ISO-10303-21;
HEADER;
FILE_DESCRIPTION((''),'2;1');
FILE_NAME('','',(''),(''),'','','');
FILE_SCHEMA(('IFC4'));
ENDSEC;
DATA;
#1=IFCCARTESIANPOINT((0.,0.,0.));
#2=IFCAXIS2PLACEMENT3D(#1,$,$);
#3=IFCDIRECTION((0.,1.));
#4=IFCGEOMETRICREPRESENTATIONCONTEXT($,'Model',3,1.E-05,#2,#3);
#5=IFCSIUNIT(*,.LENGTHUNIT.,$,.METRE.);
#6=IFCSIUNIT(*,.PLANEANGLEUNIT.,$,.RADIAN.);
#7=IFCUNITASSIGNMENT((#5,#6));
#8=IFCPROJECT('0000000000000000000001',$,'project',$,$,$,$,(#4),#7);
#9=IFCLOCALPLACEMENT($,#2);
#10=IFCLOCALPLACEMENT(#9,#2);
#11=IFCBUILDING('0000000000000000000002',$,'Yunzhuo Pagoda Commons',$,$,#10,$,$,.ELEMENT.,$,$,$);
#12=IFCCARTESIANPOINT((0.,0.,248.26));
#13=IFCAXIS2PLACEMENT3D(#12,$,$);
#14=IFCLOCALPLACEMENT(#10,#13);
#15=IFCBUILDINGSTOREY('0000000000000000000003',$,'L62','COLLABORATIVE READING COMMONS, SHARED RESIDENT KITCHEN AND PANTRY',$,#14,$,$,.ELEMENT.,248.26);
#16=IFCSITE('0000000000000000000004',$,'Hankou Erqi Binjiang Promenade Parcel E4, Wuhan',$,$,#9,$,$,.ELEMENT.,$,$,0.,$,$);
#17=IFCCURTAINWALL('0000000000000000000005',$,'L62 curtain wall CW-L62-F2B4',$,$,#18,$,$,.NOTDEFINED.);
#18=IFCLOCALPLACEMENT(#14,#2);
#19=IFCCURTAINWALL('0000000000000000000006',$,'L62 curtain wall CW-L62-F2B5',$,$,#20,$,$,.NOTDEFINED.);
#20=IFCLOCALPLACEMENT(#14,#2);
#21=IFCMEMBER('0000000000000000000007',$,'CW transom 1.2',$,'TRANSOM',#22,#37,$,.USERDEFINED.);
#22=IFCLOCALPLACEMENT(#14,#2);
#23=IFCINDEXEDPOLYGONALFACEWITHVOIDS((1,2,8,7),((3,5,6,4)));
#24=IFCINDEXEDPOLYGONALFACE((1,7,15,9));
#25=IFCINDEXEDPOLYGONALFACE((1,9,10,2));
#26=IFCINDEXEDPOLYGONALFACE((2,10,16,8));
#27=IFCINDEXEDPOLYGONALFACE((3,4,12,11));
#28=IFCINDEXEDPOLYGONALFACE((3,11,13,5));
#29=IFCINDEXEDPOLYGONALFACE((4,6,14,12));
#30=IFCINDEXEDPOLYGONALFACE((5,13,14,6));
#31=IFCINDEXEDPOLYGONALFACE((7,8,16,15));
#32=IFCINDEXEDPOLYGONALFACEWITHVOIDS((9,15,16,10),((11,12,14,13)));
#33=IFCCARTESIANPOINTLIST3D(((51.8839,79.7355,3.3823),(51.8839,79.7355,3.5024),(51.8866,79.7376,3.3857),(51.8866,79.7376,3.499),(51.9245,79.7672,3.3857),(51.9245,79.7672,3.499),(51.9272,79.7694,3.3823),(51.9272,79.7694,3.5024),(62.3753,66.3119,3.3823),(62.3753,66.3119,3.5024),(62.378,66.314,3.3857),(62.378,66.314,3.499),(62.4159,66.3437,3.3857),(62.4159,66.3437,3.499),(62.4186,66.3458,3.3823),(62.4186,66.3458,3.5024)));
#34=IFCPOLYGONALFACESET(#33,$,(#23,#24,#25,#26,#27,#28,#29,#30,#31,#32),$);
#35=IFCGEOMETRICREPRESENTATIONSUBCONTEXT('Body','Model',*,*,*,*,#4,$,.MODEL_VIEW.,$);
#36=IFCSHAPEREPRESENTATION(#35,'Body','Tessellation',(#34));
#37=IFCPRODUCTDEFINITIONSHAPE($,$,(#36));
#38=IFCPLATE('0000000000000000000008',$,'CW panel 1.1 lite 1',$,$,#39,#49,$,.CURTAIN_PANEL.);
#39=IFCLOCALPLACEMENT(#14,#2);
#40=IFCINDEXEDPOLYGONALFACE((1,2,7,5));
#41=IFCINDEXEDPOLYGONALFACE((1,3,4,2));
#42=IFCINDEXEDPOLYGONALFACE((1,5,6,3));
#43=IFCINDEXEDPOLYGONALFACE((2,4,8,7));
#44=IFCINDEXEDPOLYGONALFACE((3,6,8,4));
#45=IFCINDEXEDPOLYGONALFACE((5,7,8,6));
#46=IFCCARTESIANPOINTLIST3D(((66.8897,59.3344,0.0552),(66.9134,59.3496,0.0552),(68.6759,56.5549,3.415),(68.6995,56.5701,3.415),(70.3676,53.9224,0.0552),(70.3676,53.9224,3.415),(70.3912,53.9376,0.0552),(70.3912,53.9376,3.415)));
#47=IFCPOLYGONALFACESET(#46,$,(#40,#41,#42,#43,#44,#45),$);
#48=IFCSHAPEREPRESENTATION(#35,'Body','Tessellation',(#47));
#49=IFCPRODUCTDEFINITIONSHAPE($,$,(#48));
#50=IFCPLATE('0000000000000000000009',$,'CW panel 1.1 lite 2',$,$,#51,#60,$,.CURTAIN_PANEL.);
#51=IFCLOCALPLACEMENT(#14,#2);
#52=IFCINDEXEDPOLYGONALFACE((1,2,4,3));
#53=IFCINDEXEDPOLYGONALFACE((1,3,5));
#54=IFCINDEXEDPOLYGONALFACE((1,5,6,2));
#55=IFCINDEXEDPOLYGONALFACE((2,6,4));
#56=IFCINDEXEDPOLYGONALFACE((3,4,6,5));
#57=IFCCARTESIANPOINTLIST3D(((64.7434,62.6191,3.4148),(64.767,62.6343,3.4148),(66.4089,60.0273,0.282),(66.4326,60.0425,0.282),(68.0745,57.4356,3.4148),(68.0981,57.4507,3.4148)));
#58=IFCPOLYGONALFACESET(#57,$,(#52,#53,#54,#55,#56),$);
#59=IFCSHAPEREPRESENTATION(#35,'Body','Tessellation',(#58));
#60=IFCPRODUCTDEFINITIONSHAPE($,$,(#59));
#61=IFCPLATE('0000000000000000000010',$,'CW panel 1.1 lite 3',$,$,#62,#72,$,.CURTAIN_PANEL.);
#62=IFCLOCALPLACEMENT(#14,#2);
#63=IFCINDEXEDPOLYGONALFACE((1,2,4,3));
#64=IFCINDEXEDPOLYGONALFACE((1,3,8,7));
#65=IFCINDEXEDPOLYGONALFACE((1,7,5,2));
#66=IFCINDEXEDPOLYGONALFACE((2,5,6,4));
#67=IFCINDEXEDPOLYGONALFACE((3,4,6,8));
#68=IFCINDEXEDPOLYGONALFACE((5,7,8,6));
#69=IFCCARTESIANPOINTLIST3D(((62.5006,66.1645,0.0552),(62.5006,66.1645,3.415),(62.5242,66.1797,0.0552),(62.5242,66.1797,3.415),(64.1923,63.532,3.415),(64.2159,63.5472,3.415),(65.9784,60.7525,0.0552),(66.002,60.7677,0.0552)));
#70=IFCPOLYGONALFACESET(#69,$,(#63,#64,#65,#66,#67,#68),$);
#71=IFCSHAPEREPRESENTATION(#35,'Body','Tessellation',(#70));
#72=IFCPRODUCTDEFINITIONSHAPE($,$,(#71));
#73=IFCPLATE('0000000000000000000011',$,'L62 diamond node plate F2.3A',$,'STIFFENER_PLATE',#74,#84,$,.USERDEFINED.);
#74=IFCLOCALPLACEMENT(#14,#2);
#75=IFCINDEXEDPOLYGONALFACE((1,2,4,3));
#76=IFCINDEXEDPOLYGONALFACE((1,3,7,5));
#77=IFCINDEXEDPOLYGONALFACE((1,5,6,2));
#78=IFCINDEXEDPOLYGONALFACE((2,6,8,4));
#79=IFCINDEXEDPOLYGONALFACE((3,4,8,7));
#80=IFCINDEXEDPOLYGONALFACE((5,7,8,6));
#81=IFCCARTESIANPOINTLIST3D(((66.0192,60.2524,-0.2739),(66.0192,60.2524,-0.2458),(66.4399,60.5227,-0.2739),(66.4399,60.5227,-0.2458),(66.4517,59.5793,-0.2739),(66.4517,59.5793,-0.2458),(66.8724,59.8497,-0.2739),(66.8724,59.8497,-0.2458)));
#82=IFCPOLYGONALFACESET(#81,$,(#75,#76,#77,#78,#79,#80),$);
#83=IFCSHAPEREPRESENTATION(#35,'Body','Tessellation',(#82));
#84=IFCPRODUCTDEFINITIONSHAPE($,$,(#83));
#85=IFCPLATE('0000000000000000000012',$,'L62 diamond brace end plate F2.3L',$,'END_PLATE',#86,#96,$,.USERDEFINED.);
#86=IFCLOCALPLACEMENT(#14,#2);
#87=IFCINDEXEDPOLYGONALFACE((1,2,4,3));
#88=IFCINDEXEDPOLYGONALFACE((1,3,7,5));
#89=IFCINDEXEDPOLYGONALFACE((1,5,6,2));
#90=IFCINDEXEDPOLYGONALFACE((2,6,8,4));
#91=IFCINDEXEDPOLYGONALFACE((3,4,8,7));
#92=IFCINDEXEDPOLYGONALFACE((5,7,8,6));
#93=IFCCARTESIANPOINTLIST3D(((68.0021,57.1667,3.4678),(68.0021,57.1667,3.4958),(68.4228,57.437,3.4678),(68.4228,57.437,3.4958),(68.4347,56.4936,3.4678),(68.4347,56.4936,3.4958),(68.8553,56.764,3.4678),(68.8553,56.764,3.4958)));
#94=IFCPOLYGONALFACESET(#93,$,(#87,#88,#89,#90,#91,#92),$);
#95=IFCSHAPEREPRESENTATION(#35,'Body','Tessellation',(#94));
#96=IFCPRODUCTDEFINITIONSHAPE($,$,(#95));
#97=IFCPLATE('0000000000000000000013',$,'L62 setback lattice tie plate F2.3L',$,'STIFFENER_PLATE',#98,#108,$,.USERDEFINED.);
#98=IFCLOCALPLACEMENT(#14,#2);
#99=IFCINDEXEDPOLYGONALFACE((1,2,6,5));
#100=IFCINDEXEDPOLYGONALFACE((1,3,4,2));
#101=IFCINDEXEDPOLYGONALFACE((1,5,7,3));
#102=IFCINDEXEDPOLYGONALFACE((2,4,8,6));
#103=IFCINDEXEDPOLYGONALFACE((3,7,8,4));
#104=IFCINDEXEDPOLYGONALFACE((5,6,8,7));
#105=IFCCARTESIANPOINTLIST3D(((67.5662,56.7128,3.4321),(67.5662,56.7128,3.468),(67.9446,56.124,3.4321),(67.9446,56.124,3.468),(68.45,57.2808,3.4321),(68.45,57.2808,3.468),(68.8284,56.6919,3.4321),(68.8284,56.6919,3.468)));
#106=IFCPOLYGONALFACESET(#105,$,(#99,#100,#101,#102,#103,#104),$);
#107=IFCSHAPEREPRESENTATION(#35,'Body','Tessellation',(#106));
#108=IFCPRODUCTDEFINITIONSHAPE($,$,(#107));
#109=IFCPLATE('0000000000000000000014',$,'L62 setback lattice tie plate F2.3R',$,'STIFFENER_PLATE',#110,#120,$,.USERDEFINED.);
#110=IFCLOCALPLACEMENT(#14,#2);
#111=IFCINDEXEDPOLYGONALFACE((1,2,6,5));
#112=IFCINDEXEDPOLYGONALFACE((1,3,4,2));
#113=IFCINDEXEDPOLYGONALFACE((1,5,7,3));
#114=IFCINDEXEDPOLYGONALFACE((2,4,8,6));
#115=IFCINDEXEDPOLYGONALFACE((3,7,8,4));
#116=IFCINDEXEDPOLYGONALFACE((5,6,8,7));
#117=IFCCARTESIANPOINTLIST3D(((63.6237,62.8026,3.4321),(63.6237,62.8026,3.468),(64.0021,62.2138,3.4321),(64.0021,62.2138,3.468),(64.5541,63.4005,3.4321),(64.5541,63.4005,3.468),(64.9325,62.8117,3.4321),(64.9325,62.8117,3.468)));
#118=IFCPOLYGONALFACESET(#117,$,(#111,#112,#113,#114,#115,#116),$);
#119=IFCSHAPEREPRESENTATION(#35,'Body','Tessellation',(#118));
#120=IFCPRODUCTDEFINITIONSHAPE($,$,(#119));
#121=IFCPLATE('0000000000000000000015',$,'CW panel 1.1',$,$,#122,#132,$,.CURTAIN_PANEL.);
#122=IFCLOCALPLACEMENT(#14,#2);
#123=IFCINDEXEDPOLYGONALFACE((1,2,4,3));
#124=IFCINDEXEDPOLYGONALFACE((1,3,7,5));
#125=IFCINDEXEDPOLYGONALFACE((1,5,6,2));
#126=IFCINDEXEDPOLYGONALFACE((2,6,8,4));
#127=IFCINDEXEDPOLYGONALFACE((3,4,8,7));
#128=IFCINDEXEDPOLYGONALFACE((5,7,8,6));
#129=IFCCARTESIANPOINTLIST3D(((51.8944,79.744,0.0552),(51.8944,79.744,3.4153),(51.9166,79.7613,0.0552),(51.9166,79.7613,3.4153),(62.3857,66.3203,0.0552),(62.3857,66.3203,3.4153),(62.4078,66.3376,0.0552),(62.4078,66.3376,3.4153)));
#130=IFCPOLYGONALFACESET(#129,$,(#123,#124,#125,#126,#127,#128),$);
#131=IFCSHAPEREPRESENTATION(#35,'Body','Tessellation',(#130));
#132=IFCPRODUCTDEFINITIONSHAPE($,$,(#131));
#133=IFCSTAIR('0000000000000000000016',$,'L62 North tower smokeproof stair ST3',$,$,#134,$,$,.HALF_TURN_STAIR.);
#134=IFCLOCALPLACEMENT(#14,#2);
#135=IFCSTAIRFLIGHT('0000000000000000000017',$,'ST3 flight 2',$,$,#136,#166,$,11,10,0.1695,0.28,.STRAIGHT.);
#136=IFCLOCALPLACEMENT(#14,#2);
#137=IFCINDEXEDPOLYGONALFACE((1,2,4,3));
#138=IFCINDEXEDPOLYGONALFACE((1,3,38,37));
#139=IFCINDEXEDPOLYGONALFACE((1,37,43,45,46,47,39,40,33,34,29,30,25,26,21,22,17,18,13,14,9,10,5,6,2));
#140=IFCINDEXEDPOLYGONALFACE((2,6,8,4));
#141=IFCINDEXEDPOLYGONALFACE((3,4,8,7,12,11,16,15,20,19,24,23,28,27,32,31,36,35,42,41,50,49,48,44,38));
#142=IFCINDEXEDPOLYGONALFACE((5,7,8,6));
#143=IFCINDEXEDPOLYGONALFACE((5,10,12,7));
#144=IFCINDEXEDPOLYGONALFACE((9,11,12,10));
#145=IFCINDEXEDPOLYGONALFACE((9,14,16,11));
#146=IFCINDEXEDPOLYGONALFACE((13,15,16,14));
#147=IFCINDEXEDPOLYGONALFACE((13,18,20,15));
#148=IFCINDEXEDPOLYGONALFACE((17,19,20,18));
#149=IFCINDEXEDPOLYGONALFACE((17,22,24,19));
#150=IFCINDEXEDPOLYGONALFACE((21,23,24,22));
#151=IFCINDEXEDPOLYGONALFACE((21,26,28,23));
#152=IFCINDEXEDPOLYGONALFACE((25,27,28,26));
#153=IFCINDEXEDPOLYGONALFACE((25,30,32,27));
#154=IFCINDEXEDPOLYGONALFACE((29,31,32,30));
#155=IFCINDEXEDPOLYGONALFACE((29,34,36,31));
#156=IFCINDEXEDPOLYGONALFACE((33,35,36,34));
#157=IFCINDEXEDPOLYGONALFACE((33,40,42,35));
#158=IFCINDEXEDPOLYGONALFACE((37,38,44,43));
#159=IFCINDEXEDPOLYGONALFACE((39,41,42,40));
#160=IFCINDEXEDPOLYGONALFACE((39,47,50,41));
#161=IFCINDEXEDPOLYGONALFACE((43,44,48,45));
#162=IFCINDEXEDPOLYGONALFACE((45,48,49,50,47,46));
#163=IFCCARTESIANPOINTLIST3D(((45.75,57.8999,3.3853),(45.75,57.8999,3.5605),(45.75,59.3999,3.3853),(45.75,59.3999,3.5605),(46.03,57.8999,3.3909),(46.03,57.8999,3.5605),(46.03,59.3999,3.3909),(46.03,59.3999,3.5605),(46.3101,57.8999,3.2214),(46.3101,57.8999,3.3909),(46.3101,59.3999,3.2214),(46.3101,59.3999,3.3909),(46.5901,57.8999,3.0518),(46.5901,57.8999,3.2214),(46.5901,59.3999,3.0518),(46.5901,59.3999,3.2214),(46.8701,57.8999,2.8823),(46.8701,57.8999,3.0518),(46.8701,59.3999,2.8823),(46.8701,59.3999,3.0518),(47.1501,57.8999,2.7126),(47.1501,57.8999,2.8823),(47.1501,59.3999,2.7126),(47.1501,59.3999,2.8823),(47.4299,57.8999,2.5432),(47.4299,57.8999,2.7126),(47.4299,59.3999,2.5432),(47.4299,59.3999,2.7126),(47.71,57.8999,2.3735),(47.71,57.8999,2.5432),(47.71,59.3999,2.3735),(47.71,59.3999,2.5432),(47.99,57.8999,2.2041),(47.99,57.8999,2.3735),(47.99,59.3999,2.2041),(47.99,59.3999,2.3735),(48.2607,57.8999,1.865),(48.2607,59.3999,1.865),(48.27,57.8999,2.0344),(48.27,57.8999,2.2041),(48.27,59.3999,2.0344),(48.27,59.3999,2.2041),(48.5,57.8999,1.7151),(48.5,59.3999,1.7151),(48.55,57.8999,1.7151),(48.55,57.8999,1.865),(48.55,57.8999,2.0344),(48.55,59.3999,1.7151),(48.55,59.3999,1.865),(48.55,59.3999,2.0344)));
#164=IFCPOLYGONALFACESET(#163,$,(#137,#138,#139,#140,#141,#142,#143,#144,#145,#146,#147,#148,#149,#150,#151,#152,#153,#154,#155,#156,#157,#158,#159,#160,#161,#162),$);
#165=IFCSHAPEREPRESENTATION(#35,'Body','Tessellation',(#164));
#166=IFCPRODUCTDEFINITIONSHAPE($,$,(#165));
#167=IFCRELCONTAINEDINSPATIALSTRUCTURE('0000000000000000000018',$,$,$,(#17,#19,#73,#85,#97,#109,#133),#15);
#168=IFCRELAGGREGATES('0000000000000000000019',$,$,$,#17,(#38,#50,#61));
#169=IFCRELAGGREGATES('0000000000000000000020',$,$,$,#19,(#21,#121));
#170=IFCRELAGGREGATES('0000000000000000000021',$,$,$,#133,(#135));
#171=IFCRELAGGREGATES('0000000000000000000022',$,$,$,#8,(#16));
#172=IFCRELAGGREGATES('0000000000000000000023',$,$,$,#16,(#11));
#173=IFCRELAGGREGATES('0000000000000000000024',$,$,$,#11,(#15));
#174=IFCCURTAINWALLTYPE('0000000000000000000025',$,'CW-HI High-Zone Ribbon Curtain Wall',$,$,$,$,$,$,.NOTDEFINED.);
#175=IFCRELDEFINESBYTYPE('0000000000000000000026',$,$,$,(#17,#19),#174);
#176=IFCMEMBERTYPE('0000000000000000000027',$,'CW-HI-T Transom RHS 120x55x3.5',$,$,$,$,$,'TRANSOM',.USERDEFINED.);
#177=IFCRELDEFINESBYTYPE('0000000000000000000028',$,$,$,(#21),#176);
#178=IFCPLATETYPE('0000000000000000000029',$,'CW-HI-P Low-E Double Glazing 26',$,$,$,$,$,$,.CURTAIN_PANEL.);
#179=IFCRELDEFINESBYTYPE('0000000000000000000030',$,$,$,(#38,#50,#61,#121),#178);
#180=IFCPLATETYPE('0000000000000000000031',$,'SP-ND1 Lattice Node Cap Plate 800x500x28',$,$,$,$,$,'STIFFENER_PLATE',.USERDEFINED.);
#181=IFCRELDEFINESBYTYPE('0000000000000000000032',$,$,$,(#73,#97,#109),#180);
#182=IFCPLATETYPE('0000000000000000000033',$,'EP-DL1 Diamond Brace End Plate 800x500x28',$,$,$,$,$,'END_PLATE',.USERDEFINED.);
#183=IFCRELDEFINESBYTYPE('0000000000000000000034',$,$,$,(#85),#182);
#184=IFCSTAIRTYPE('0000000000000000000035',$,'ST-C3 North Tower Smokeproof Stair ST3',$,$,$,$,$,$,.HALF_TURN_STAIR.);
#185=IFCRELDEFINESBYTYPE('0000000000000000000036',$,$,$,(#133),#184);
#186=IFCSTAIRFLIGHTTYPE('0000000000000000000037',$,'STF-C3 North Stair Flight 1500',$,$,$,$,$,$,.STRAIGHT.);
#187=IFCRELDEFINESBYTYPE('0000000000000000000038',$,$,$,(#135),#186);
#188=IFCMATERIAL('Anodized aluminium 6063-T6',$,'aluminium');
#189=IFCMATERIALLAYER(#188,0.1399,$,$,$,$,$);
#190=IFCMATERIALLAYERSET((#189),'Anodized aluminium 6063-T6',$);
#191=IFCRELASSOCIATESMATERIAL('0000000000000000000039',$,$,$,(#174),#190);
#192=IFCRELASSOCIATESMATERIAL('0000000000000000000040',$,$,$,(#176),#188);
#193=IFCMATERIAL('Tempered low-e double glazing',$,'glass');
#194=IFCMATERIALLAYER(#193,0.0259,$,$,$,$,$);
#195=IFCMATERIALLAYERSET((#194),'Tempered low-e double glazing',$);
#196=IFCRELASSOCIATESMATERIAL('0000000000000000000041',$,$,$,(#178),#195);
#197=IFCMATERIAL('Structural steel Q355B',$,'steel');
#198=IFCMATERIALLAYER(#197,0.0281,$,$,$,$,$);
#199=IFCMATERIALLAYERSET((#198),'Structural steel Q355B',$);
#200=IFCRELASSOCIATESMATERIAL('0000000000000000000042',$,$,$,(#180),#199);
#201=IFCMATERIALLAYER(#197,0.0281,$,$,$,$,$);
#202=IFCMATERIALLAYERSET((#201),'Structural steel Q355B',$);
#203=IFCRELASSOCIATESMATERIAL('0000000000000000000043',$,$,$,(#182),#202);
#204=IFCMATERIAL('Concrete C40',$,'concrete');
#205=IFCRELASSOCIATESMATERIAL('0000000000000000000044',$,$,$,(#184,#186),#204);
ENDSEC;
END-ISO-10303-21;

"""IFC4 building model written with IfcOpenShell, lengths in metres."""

from ifc_helpers import new_model, si_unit, direction, frame, origin, origin_2d, place, context, subcontext, project, spatial, polyline, rectangle, hollow_rectangle, outline, extrude, source, transform, mapped, material, layer, layer_set, material_profile, profile_set, type_object, element, aggregate, save


model = new_model("IFC4")

# Units and contexts
model_context = context("Model", 3, precision=1e-05, world=origin(), true_north=direction((0.0, 1.0)))
body_context = subcontext(model_context, "Body", "Model", "MODEL_VIEW")
ifc_project = project(units=[si_unit("LENGTHUNIT", "METRE"), si_unit("PLANEANGLEUNIT", "RADIAN")], contexts=[model_context])

# Site, building, storey
site_placement = place(None, origin())
site = spatial("IfcSite", under=ifc_project, at=site_placement, Name="Hankou Erqi Binjiang Promenade Parcel E4, Wuhan", CompositionType="ELEMENT", RefElevation=0.0)
building_placement = place(site_placement, origin())
building = spatial("IfcBuilding", under=site, at=building_placement, Name="Yunzhuo Pagoda Commons", CompositionType="ELEMENT")
storey_placement = place(building_placement, frame((0.0, 0.0, 248.26)))
storey = spatial("IfcBuildingStorey", under=building, at=storey_placement, Name="L62", Description="COLLABORATIVE READING COMMONS, SHARED RESIDENT KITCHEN AND PANTRY", CompositionType="ELEMENT", Elevation=248.26)

# Shared definitions
ifc_material_1 = material(Name="Structural steel Q355B", Category="steel")

# Curtain wall
ifc_material_2 = material(Name="Anodized aluminium 6063-T6", Category="aluminium")
ifc_layer_1 = layer(ifc_material_2, 0.1399)
ifc_layer_set_1 = layer_set([ifc_layer_1], Name="Anodized aluminium 6063-T6")
curtain_wall_type = type_object("IfcCurtainWallType", Name="CW-HI High-Zone Ribbon Curtain Wall", PredefinedType="NOTDEFINED", material=ifc_layer_set_1)
curtain_wall_1_placement = place(storey_placement, origin())
curtain_wall_1 = element("IfcCurtainWall", 1, at=curtain_wall_1_placement, inside=storey, type_object=curtain_wall_type, Name="L62 curtain wall CW-L62-F2B4", PredefinedType="NOTDEFINED")

# Curtain wall, member
curtain_wall_2_placement = place(storey_placement, origin())
curtain_wall_2 = element("IfcCurtainWall", 2, at=curtain_wall_2_placement, inside=storey, type_object=curtain_wall_type, Name="L62 curtain wall CW-L62-F2B5", PredefinedType="NOTDEFINED")
ifc_material_profile_1 = material_profile(ifc_material_2, hollow_rectangle(XDim=0.0549, YDim=0.1201, WallThickness=0.0034, at=origin_2d()), Name="Anodized aluminium 6063-T6")
ifc_profile_set_1 = profile_set([ifc_material_profile_1], Name="Anodized aluminium 6063-T6")
member_type_1 = type_object("IfcMemberType", Name="CW-HI-T Transom RHS 120x55x3.5", ElementType="TRANSOM", PredefinedType="USERDEFINED", material=ifc_profile_set_1)
shared_shape_1 = source(origin(), body_context, "Body", "SweptSolid", [
    extrude(hollow_rectangle(XDim=0.0549, YDim=0.1201, WallThickness=0.0034, at=origin_2d()), origin(), (0.0, 0.0, 1.0), 17.0371),
])
member_1_placement = place(storey_placement, frame((62.397, 66.3289, 3.4424), z_axis=(-0.6158, 0.787902, 0.0), x_axis=(-0.787902, -0.6158, 0.0)))
member_1 = element("IfcMember", 3, at=member_1_placement, type_object=member_type_1, Name="CW transom 1.2", ObjectType="TRANSOM", PredefinedType="USERDEFINED", context=body_context, shape_type="MappedRepresentation", body=[
    mapped(shared_shape_1, transform((0.0, 0.0, 0.0), scale=1.0)),
])

# Plates
ifc_material_3 = material(Name="Tempered low-e double glazing", Category="glass")
ifc_layer_2 = layer(ifc_material_3, 0.0259)
ifc_layer_set_2 = layer_set([ifc_layer_2], Name="Tempered low-e double glazing")
plate_type_1 = type_object("IfcPlateType", Name="CW-HI-P Low-E Double Glazing 26", PredefinedType="CURTAIN_PANEL", material=ifc_layer_set_2)
plate_1_placement = place(storey_placement, frame((68.6287, 56.6284, 1.7351), z_axis=(0.841269, 0.540617, 0.0), x_axis=(-0.540617, 0.841269, 0.0)))
plate_1 = element("IfcPlate", 4, at=plate_1_placement, type_object=plate_type_1, Name="CW panel 1.1 lite 1", PredefinedType="CURTAIN_PANEL", context=body_context, shape_type="SweptSolid", body=[
    extrude(outline(polyline([(-3.2166, -1.6799), (3.2166, -1.6799), (-0.0874, 1.6799), (-3.2166, 1.6799), (-3.2166, -1.6799)])), origin(), (0.0, 0.0, 1.0), 0.0281),
])
plate_2_placement = place(storey_placement, frame((66.4089, 60.0273, 1.8484), z_axis=(0.841269, 0.540617, 0.0), x_axis=(-0.540617, 0.841269, 0.0)))
plate_2 = element("IfcPlate", 5, at=plate_2_placement, type_object=plate_type_1, Name="CW panel 1.1 lite 2", PredefinedType="CURTAIN_PANEL", context=body_context, shape_type="SweptSolid", body=[
    extrude(outline(polyline([(-3.0808, 1.5664), (0.0, -1.5664), (3.0808, 1.5664), (-3.0808, 1.5664)])), origin(), (0.0, 0.0, 1.0), 0.0281),
])
plate_3_placement = place(storey_placement, frame((64.2395, 63.4585, 1.7351), z_axis=(0.841269, 0.540617, 0.0), x_axis=(-0.540617, 0.841269, 0.0)))
plate_3 = element("IfcPlate", 6, at=plate_3_placement, type_object=plate_type_1, Name="CW panel 1.1 lite 3", PredefinedType="CURTAIN_PANEL", context=body_context, shape_type="SweptSolid", body=[
    extrude(outline(polyline([(-3.2166, -1.6799), (3.2166, -1.6799), (3.2166, 1.6799), (0.0874, 1.6799), (-3.2166, -1.6799)])), origin(), (0.0, 0.0, 1.0), 0.0281),
])
aggregate(curtain_wall_1, [plate_1, plate_2, plate_3])

# Plates
ifc_layer_3 = layer(ifc_material_1, 0.0281)
ifc_layer_set_3 = layer_set([ifc_layer_3], Name="Structural steel Q355B")
plate_type_2 = type_object("IfcPlateType", Name="SP-ND1 Lattice Node Cap Plate 800x500x28", ElementType="STIFFENER_PLATE", PredefinedType="USERDEFINED", material=ifc_layer_set_3)
shared_shape_2 = source(origin(), body_context, "Body", "SweptSolid", [
    extrude(rectangle(XDim=0.8, YDim=0.5, at=origin_2d()), origin(), (0.0, 0.0, 1.0), 0.0281),
])
plate_4_placement = place(storey_placement, frame((66.4458, 60.051, -0.2739), z_axis=(0.0, 0.0, 1.0), x_axis=(-0.540622, 0.841266, 0.0)))
element("IfcPlate", 7, at=plate_4_placement, inside=storey, type_object=plate_type_2, Name="L62 diamond node plate F2.3A", ObjectType="STIFFENER_PLATE", PredefinedType="USERDEFINED", context=body_context, shape_type="MappedRepresentation", body=[
    mapped(shared_shape_2, transform((0.0, 0.0, 0.0), scale=1.0)),
])
ifc_layer_4 = layer(ifc_material_1, 0.0281)
ifc_layer_set_4 = layer_set([ifc_layer_4], Name="Structural steel Q355B")
plate_type_3 = type_object("IfcPlateType", Name="EP-DL1 Diamond Brace End Plate 800x500x28", ElementType="END_PLATE", PredefinedType="USERDEFINED", material=ifc_layer_set_4)
plate_5_placement = place(storey_placement, frame((68.4287, 56.9653, 3.4678), z_axis=(0.0, 0.0, 1.0), x_axis=(-0.540622, 0.841266, 0.0)))
element("IfcPlate", 8, at=plate_5_placement, inside=storey, type_object=plate_type_3, Name="L62 diamond brace end plate F2.3L", ObjectType="END_PLATE", PredefinedType="USERDEFINED", context=body_context, shape_type="MappedRepresentation", body=[
    mapped(shared_shape_2, transform((0.0, 0.0, 0.0), scale=1.0)),
])
shared_shape_3 = source(origin(), body_context, "Body", "SweptSolid", [
    extrude(rectangle(XDim=0.7, YDim=1.0505, at=origin_2d()), origin(), (0.0, 0.0, 1.0), 0.0359),
])
plate_6_placement = place(storey_placement, frame((68.1973, 56.7024, 3.4321), z_axis=(0.0, 0.0, 1.0), x_axis=(-0.540622, 0.841266, 0.0)))
element("IfcPlate", 9, at=plate_6_placement, inside=storey, type_object=plate_type_2, Name="L62 setback lattice tie plate F2.3L", ObjectType="STIFFENER_PLATE", PredefinedType="USERDEFINED", context=body_context, shape_type="MappedRepresentation", body=[
    mapped(shared_shape_3, transform((0.0, 0.0, 0.0), scale=1.0)),
])
shared_shape_4 = source(origin(), body_context, "Body", "SweptSolid", [
    extrude(rectangle(XDim=0.7, YDim=1.106, at=origin_2d()), origin(), (0.0, 0.0, 1.0), 0.0359),
])
plate_7_placement = place(storey_placement, frame((64.2781, 62.8071, 3.4321), z_axis=(0.0, 0.0, 1.0), x_axis=(-0.540622, 0.841266, 0.0)))
element("IfcPlate", 10, at=plate_7_placement, inside=storey, type_object=plate_type_2, Name="L62 setback lattice tie plate F2.3R", ObjectType="STIFFENER_PLATE", PredefinedType="USERDEFINED", context=body_context, shape_type="MappedRepresentation", body=[
    mapped(shared_shape_4, transform((0.0, 0.0, 0.0), scale=1.0)),
])

# Plate
shared_shape_5 = source(origin(), body_context, "Body", "SweptSolid", [
    extrude(rectangle(XDim=17.0371, YDim=0.0281, at=origin_2d()), origin(), (0.0, 0.0, 1.0), 3.3601),
])
plate_8_placement = place(storey_placement, frame((57.1511, 73.0408, 0.0552), z_axis=(0.0, 0.0, 1.0), x_axis=(-0.615789, 0.787911, 0.0)))
plate_8 = element("IfcPlate", 11, at=plate_8_placement, type_object=plate_type_1, Name="CW panel 1.1", PredefinedType="CURTAIN_PANEL", context=body_context, shape_type="MappedRepresentation", body=[
    mapped(shared_shape_5, transform((0.0, 0.0, 0.0), scale=1.0)),
])
aggregate(curtain_wall_2, [member_1, plate_8])

# Stair, stair flight
ifc_material_4 = material(Name="Concrete C40", Category="concrete")
stair_type = type_object("IfcStairType", Name="ST-C3 North Tower Smokeproof Stair ST3", PredefinedType="HALF_TURN_STAIR", material=ifc_material_4)
stair_placement = place(storey_placement, origin())
stair = element("IfcStair", 12, at=stair_placement, inside=storey, type_object=stair_type, Name="L62 North tower smokeproof stair ST3", PredefinedType="HALF_TURN_STAIR")
stair_flight_type = type_object("IfcStairFlightType", Name="STF-C3 North Stair Flight 1500", PredefinedType="STRAIGHT", material=ifc_material_4)
shared_shape_6 = source(origin(), body_context, "Body", "SweptSolid", [
    extrude(outline(polyline([(0.0, -0.1499), (0.0, 0.0), (0.0, 0.1694), (0.28, 0.1694), (0.28, 0.3391), (0.5601, 0.3391), (0.5601, 0.5085), (0.8401, 0.5085), (0.8401, 0.6782), (1.1201, 0.6782), (1.1201, 0.8477), (1.3999, 0.8477), (1.3999, 1.0173), (1.6799, 1.0173), (1.6799, 1.1868), (1.96, 1.1868), (1.96, 1.3564), (2.24, 1.3564), (2.24, 1.5259), (2.52, 1.5259), (2.52, 1.6956), (2.8, 1.6956), (2.8, 1.865), (2.8, 1.5203), (0.2893, 0.0), (0.05, -0.1499), (0.0, -0.1499)])), frame((0.0, 0.75, 0.0), z_axis=(0.0, -1.0, 0.0), x_axis=(1.0, 0.0, 0.0)), (0.0, 0.0, 1.0), 1.5),
])
stair_flight_placement = place(storey_placement, frame((48.55, 58.6499, 1.865), z_axis=(0.0, 0.0, 1.0), x_axis=(-1.0, 0.0, 0.0)))
stair_flight = element("IfcStairFlight", 13, at=stair_flight_placement, type_object=stair_flight_type, Name="ST3 flight 2", NumberOfRisers=11, NumberOfTreads=10, PredefinedType="STRAIGHT", RiserHeight=0.1695, TreadLength=0.28, context=body_context, shape_type="MappedRepresentation", body=[
    mapped(shared_shape_6, transform((0.0, 0.0, 0.0), scale=1.0)),
])
aggregate(stair, [stair_flight])

save(model, "model.ifc")
